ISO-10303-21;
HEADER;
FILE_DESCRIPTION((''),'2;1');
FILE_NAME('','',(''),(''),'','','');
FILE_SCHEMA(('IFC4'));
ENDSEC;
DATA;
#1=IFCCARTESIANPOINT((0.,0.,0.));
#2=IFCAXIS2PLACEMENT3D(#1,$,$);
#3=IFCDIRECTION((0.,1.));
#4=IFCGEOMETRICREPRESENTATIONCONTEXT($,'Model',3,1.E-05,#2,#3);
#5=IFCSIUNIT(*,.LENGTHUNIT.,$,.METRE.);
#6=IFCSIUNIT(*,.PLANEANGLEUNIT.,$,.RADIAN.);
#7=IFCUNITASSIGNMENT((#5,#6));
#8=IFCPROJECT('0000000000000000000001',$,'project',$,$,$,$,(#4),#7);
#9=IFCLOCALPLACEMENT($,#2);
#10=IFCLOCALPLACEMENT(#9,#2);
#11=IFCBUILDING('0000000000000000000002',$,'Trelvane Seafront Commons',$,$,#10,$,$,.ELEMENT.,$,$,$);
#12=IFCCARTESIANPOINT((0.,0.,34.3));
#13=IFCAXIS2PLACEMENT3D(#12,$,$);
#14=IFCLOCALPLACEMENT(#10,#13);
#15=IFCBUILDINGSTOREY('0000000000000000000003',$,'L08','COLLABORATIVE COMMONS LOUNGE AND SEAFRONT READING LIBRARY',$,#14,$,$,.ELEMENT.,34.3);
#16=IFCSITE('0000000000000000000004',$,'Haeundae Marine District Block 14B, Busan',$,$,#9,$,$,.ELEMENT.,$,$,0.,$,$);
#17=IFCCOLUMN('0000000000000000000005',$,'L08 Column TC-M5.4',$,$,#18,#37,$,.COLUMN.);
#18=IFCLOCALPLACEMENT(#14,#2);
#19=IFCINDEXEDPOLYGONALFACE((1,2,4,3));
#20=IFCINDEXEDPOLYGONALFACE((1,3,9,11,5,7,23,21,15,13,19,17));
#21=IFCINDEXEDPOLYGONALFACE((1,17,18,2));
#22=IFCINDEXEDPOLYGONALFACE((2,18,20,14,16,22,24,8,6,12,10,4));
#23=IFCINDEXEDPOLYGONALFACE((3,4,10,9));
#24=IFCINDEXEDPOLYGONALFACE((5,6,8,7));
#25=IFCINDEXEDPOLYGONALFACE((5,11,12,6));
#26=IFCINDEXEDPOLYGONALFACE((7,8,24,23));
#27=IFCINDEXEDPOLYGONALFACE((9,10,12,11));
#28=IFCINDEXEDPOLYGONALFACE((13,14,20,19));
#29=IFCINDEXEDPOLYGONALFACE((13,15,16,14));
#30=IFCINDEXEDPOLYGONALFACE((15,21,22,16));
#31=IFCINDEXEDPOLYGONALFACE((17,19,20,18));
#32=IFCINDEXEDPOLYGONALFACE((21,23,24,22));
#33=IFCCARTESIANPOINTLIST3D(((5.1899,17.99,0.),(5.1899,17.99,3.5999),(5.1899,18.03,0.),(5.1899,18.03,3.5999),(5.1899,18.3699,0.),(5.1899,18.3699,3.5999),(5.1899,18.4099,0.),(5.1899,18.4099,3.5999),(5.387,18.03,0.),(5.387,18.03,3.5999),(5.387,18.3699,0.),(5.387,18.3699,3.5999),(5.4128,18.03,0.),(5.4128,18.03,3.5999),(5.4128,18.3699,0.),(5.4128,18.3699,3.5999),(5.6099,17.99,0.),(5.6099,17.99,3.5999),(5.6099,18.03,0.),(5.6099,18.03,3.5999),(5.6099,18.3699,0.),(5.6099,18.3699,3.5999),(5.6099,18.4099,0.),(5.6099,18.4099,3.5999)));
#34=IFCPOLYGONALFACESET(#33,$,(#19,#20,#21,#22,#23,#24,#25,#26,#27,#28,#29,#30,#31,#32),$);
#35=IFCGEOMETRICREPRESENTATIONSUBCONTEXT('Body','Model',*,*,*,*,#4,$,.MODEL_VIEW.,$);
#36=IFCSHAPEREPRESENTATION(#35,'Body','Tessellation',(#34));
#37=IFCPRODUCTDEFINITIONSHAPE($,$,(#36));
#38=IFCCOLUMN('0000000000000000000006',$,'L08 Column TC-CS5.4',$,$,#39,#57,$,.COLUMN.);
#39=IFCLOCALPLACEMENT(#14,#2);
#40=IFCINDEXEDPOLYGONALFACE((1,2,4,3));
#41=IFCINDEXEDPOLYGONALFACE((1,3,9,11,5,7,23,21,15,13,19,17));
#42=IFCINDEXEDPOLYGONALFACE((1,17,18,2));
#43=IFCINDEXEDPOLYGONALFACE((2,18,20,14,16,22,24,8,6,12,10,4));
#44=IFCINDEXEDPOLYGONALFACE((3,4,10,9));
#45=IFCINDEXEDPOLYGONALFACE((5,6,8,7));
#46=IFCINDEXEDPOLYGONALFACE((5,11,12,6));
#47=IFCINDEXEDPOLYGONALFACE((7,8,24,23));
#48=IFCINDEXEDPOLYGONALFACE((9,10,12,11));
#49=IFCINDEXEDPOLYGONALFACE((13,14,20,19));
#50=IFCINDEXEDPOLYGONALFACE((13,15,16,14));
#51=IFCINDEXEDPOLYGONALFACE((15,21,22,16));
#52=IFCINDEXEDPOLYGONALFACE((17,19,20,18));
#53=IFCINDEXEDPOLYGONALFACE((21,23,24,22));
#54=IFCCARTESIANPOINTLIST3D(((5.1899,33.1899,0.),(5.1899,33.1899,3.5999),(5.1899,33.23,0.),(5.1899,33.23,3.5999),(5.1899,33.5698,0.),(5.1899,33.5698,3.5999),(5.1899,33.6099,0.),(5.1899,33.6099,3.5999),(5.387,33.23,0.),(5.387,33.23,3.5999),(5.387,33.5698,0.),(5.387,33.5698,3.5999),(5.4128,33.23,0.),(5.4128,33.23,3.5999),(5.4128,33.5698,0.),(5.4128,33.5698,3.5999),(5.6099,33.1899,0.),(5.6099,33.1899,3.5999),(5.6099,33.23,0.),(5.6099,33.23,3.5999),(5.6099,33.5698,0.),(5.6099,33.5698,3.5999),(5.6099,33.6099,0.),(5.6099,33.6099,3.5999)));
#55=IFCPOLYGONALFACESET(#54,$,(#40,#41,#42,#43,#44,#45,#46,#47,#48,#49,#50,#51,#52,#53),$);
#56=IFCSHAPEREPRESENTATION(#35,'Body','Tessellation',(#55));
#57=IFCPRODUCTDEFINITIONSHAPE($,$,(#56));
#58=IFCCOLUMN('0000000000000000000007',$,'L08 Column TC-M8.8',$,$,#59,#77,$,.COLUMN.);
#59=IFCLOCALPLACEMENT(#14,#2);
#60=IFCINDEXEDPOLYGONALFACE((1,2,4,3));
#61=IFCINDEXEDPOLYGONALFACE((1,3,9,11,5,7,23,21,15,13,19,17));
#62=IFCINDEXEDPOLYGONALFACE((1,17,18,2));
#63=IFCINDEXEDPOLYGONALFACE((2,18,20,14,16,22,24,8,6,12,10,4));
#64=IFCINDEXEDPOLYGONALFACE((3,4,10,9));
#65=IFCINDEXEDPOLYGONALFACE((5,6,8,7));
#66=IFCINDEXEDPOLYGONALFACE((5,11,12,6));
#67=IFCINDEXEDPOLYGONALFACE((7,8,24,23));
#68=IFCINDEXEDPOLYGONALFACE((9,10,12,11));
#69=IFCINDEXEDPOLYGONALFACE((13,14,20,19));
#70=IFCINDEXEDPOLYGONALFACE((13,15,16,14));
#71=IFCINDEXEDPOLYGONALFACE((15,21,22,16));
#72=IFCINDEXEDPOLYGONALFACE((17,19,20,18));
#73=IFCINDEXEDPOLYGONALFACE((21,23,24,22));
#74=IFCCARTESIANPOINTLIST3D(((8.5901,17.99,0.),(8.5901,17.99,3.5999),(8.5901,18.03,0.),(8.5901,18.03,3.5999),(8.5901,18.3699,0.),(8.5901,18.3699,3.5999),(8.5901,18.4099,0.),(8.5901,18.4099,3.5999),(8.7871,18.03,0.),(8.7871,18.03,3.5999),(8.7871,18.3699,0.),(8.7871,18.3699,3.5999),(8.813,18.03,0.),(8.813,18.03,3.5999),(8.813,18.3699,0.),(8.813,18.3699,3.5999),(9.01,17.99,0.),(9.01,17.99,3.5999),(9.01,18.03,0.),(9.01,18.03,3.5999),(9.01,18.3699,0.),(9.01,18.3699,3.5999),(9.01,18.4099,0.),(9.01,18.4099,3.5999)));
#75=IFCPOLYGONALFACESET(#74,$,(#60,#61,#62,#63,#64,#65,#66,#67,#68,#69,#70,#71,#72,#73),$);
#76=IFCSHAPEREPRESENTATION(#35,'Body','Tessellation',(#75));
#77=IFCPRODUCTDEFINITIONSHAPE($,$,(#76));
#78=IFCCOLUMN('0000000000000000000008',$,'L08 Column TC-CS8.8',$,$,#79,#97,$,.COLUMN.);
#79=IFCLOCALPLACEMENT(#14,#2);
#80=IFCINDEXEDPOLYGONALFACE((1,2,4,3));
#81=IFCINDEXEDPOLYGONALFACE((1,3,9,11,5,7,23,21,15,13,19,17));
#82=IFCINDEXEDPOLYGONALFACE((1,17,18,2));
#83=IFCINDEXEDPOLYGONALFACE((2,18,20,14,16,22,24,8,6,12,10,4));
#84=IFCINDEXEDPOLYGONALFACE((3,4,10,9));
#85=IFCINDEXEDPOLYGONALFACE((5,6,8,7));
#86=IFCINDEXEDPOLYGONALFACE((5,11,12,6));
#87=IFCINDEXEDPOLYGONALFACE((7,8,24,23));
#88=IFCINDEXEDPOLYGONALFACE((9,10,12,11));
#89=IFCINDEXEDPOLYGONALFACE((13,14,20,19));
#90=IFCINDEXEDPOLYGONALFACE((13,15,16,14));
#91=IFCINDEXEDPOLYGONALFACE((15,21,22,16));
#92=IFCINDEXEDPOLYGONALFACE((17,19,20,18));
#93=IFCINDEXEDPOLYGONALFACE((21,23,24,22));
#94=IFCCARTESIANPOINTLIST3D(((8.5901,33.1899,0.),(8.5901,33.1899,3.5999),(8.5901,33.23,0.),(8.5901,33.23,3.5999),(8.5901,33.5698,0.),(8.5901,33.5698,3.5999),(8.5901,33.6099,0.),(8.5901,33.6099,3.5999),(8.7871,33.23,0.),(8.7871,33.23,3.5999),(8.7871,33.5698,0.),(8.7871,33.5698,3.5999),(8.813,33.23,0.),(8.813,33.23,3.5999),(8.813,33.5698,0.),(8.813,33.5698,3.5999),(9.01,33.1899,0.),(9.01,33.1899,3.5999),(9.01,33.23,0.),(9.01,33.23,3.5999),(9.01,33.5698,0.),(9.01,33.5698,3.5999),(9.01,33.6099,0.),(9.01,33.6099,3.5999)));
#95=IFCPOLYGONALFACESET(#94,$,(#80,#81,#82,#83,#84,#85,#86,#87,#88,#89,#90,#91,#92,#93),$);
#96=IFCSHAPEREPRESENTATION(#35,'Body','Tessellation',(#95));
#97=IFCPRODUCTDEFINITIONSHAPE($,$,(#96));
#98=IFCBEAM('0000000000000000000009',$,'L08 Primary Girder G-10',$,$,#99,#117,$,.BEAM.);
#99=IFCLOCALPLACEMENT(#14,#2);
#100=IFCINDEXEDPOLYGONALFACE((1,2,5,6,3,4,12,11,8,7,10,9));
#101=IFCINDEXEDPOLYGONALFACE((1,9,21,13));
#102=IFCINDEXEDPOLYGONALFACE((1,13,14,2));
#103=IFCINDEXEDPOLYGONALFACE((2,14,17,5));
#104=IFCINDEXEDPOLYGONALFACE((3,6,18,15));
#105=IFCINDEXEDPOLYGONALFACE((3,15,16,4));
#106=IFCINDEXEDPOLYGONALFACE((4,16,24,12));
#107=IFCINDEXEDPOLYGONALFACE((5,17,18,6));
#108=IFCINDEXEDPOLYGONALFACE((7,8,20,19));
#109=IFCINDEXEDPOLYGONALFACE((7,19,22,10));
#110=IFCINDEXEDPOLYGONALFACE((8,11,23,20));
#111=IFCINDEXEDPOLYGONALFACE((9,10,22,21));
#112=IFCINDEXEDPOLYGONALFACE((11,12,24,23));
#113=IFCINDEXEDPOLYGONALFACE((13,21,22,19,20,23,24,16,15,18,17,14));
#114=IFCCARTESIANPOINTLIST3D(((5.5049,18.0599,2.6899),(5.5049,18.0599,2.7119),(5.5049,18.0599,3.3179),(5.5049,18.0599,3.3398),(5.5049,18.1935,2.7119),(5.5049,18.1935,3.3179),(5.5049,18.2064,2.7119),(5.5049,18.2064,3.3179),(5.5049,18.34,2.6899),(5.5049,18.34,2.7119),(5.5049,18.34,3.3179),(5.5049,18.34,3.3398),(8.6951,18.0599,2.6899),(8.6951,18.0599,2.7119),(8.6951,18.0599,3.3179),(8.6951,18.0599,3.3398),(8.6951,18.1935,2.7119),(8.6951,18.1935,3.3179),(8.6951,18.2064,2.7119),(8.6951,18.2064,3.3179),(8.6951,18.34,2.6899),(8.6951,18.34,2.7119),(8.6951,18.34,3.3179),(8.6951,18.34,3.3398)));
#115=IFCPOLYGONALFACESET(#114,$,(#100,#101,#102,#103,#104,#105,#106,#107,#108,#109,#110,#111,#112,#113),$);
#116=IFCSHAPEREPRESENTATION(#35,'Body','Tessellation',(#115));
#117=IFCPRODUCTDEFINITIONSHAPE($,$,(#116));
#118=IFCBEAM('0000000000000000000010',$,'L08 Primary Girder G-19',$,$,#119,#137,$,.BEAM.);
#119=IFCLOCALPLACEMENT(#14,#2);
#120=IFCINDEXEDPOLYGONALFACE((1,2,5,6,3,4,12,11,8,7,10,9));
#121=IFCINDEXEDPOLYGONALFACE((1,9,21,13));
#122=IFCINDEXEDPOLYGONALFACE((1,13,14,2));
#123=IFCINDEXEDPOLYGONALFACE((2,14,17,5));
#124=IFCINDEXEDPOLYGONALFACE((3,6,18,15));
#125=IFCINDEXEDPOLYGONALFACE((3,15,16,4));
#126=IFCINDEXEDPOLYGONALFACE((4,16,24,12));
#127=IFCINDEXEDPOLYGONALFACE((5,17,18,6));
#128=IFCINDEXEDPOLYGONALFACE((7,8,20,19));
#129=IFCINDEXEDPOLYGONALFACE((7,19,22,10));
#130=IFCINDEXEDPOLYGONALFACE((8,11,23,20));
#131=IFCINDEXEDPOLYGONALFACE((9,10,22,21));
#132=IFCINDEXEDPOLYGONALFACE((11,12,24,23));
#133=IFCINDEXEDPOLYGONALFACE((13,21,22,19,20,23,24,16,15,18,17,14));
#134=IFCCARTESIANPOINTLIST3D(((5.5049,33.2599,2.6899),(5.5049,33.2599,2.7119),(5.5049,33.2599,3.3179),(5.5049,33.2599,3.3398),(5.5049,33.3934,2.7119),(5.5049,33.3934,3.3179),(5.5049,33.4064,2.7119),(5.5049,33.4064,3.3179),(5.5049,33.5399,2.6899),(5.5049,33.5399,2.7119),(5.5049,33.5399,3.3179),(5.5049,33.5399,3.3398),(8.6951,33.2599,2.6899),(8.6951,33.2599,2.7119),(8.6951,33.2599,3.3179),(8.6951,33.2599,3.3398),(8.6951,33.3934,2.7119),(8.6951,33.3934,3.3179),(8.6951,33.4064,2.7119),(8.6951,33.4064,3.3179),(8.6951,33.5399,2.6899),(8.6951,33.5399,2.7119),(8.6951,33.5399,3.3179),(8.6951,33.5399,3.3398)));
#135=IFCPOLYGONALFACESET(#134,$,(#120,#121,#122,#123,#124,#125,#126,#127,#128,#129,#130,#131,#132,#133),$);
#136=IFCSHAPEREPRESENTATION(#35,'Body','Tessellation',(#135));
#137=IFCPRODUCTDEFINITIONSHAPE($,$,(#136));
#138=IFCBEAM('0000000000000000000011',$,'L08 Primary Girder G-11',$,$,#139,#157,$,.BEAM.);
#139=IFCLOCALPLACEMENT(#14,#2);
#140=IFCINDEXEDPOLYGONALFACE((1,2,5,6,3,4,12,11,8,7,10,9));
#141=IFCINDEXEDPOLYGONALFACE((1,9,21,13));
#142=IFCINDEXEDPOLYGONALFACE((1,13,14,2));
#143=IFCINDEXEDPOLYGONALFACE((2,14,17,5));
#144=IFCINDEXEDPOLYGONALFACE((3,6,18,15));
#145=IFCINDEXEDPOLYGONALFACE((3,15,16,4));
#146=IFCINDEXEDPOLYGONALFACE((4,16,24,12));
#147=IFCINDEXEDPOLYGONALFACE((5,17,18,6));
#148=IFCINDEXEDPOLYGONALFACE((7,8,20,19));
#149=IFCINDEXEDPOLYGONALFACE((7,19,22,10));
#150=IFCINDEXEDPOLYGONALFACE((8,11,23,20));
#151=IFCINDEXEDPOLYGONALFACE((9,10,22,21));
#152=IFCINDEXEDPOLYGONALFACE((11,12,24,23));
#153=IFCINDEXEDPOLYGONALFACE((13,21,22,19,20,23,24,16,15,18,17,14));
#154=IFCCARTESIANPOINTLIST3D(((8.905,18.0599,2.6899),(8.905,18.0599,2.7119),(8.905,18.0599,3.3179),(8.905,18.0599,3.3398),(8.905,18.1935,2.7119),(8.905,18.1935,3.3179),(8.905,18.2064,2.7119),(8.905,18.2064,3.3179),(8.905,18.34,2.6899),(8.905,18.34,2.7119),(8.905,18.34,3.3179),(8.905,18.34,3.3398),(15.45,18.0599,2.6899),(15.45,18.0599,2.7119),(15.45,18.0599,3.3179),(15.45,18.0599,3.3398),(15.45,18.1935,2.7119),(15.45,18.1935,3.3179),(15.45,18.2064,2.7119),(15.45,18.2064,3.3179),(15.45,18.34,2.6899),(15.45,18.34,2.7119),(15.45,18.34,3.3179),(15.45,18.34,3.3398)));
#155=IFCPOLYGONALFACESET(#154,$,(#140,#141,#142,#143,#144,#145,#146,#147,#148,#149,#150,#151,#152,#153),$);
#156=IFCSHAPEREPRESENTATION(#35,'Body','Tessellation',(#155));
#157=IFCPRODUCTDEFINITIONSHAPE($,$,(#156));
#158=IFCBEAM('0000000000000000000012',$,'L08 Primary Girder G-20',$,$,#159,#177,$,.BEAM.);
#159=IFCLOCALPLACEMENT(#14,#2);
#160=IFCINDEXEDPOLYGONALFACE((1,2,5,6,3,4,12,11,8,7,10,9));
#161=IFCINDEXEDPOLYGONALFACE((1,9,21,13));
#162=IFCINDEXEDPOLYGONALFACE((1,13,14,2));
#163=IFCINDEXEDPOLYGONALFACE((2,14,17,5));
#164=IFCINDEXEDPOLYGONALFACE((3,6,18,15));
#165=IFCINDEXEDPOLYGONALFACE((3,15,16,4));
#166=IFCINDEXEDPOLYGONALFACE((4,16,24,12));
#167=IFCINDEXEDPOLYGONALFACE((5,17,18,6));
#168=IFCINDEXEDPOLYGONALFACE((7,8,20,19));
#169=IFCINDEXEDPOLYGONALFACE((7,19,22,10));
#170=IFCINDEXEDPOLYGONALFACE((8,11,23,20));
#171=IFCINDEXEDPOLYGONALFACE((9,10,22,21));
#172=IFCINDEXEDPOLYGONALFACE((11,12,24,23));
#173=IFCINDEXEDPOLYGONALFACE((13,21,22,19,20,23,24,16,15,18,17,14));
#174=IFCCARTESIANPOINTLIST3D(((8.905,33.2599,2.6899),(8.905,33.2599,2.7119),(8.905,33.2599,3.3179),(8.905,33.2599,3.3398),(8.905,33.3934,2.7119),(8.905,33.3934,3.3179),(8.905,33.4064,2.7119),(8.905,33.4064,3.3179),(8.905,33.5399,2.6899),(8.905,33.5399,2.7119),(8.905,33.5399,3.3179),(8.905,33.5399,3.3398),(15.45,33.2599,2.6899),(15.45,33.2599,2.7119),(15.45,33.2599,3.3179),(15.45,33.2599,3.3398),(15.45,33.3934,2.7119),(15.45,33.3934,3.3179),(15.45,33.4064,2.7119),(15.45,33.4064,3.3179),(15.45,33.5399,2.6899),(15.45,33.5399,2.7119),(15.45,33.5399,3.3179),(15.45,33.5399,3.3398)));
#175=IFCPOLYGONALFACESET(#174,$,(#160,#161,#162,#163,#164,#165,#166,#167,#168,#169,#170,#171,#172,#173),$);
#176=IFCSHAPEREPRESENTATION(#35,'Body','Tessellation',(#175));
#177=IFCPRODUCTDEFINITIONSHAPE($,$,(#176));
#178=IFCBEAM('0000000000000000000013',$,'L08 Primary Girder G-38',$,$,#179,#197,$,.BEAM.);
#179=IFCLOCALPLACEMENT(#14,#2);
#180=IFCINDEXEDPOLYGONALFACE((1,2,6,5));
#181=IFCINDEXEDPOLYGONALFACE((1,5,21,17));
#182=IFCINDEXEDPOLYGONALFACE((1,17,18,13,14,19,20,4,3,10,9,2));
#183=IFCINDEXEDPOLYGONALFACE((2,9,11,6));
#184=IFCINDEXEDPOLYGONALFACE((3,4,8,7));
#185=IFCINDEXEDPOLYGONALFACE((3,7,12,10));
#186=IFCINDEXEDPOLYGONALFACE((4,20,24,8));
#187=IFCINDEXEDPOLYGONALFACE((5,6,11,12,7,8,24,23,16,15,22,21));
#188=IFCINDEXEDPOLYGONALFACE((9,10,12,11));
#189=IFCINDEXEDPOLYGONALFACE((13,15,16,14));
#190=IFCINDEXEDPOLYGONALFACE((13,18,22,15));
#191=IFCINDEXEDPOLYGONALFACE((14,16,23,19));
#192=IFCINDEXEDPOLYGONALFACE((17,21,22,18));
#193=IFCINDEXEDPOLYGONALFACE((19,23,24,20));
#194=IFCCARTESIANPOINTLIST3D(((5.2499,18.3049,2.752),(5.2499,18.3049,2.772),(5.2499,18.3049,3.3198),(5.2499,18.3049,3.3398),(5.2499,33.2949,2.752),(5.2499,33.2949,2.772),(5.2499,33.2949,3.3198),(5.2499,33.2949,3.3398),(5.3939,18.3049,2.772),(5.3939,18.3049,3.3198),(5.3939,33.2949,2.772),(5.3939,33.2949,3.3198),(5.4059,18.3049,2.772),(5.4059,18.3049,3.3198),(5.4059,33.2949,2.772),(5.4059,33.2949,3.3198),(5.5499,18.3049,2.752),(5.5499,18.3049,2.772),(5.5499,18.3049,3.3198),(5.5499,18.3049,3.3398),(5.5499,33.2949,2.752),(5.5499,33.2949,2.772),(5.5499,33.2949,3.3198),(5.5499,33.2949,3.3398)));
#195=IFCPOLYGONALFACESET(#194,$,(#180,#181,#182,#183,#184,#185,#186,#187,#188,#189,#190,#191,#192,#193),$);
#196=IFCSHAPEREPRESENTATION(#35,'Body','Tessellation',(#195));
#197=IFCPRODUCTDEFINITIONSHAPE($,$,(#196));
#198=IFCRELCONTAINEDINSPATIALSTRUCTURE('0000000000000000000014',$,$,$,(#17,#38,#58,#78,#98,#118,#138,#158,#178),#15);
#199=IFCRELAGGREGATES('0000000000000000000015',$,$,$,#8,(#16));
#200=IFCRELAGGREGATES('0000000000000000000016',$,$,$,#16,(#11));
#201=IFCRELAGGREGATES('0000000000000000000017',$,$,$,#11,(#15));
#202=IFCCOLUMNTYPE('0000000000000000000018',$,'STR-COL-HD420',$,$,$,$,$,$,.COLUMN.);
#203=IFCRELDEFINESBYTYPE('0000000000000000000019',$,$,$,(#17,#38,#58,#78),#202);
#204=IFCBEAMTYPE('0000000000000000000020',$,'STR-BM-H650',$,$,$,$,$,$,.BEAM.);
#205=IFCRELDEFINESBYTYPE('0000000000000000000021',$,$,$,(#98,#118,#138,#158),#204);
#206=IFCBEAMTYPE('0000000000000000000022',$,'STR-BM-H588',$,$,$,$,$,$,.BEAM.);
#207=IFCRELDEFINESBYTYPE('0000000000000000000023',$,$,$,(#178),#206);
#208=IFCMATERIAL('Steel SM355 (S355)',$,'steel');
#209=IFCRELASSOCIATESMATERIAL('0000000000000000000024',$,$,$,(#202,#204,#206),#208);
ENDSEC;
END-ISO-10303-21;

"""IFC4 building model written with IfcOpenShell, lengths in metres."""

from ifc_helpers import new_model, si_unit, direction, frame, origin, origin_2d, place, context, subcontext, project, spatial, i_section, extrude, source, transform, mapped, material, material_profile, profile_set, type_object, element, save


model = new_model("IFC4")

# Units and contexts
model_context = context("Model", 3, precision=1e-05, world=origin(), true_north=direction((0.0, 1.0)))
body_context = subcontext(model_context, "Body", "Model", "MODEL_VIEW")
ifc_project = project(units=[si_unit("LENGTHUNIT", "METRE"), si_unit("PLANEANGLEUNIT", "RADIAN")], contexts=[model_context])

# Site, building, storey
site_placement = place(None, origin())
site = spatial("IfcSite", under=ifc_project, at=site_placement, Name="Haeundae Marine District Block 14B, Busan", CompositionType="ELEMENT", RefElevation=0.0)
building_placement = place(site_placement, origin())
building = spatial("IfcBuilding", under=site, at=building_placement, Name="Trelvane Seafront Commons", CompositionType="ELEMENT")
storey_placement = place(building_placement, frame((0.0, 0.0, 34.3)))
storey = spatial("IfcBuildingStorey", under=building, at=storey_placement, Name="L08", Description="COLLABORATIVE COMMONS LOUNGE AND SEAFRONT READING LIBRARY", CompositionType="ELEMENT", Elevation=34.3)

# Columns
ifc_material_1 = material(Name="Steel SM355 (S355)", Category="steel")
ifc_material_profile_1 = material_profile(ifc_material_1, i_section(OverallWidth=0.4199, OverallDepth=0.4199, WebThickness=0.0259, FlangeThickness=0.04, at=origin_2d()), Name="HD-420x420x26x40")
ifc_profile_set_1 = profile_set([ifc_material_profile_1], Name="Steel SM355 (S355)")
column_type = type_object("IfcColumnType", Name="STR-COL-HD420", PredefinedType="COLUMN", material=ifc_profile_set_1)
shared_shape_1 = source(origin(), body_context, "Body", "SweptSolid", [
    extrude(i_section(OverallWidth=0.4199, OverallDepth=0.4199, WebThickness=0.0259, FlangeThickness=0.04, at=origin_2d()), origin(), (0.0, 0.0, 1.0), 3.5999),
])
for number, where, z_axis, x_axis, name in (
    (1, (5.3999, 18.2, 0.0), (0.0, 0.0, 1.0), (1.0, 0.0, 0.0), "L08 Column TC-M5.4"),
    (2, (5.3999, 33.3999, 0.0), (0.0, 0.0, 1.0), (1.0, 0.0, 0.0), "L08 Column TC-CS5.4"),
    (3, (8.8, 18.2, 0.0), (0.0, 0.0, 1.0), (1.0, 0.0, 0.0), "L08 Column TC-M8.8"),
    (4, (8.8, 33.3999, 0.0), (0.0, 0.0, 1.0), (1.0, 0.0, 0.0), "L08 Column TC-CS8.8"),
):
    element("IfcColumn", number, at=place(storey_placement, frame(where, z_axis=z_axis, x_axis=x_axis)), inside=storey, type_object=column_type, Name=name, PredefinedType="COLUMN", context=body_context, shape_type="MappedRepresentation", body=[
        mapped(shared_shape_1, transform((0.0, 0.0, 0.0), x_axis=(1.0, 0.0, 0.0), y_axis=(0.0, 1.0, 0.0), z_axis=(0.0, 0.0, 1.0), scale=1.0)),
    ])

# Beams
ifc_material_profile_2 = material_profile(ifc_material_1, i_section(OverallWidth=0.28, OverallDepth=0.6499, WebThickness=0.0129, FlangeThickness=0.022, at=origin_2d()), Name="H-650x280x13x22")
ifc_profile_set_2 = profile_set([ifc_material_profile_2], Name="Steel SM355 (S355)")
beam_type_1 = type_object("IfcBeamType", Name="STR-BM-H650", PredefinedType="BEAM", material=ifc_profile_set_2)
shared_shape_2 = source(origin(), body_context, "Body", "SweptSolid", [
    extrude(i_section(OverallWidth=0.28, OverallDepth=0.6499, WebThickness=0.0129, FlangeThickness=0.022, at=origin_2d()), origin(), (0.0, 0.0, 1.0), 3.1902),
])
for number, where, z_axis, x_axis, name in (
    (5, (5.5049, 18.2, 3.0149), (1.0, 0.0, 0.0), (0.0, 1.0, 0.0), "L08 Primary Girder G-10"),
    (6, (5.5049, 33.3999, 3.0149), (1.0, 0.0, 0.0), (0.0, 1.0, 0.0), "L08 Primary Girder G-19"),
):
    element("IfcBeam", number, at=place(storey_placement, frame(where, z_axis=z_axis, x_axis=x_axis)), inside=storey, type_object=beam_type_1, Name=name, PredefinedType="BEAM", context=body_context, shape_type="MappedRepresentation", body=[
        mapped(shared_shape_2, transform((0.0, 0.0, 0.0), x_axis=(1.0, 0.0, 0.0), y_axis=(0.0, 1.0, 0.0), z_axis=(0.0, 0.0, 1.0), scale=1.0)),
    ])
shared_shape_3 = source(origin(), body_context, "Body", "SweptSolid", [
    extrude(i_section(OverallWidth=0.28, OverallDepth=0.6499, WebThickness=0.0129, FlangeThickness=0.022, at=origin_2d()), origin(), (0.0, 0.0, 1.0), 6.5449),
])
for number, where, z_axis, x_axis, name in (
    (7, (8.905, 18.2, 3.0149), (1.0, 0.0, 0.0), (0.0, 1.0, 0.0), "L08 Primary Girder G-11"),
    (8, (8.905, 33.3999, 3.0149), (1.0, 0.0, 0.0), (0.0, 1.0, 0.0), "L08 Primary Girder G-20"),
):
    element("IfcBeam", number, at=place(storey_placement, frame(where, z_axis=z_axis, x_axis=x_axis)), inside=storey, type_object=beam_type_1, Name=name, PredefinedType="BEAM", context=body_context, shape_type="MappedRepresentation", body=[
        mapped(shared_shape_3, transform((0.0, 0.0, 0.0), x_axis=(1.0, 0.0, 0.0), y_axis=(0.0, 1.0, 0.0), z_axis=(0.0, 0.0, 1.0), scale=1.0)),
    ])
ifc_material_profile_3 = material_profile(ifc_material_1, i_section(OverallWidth=0.3, OverallDepth=0.5879, WebThickness=0.012, FlangeThickness=0.02, at=origin_2d()), Name="H-588x300x12x20")
ifc_profile_set_3 = profile_set([ifc_material_profile_3], Name="Steel SM355 (S355)")
beam_type_2 = type_object("IfcBeamType", Name="STR-BM-H588", PredefinedType="BEAM", material=ifc_profile_set_3)
shared_shape_4 = source(origin(), body_context, "Body", "SweptSolid", [
    extrude(i_section(OverallWidth=0.3, OverallDepth=0.5879, WebThickness=0.012, FlangeThickness=0.02, at=origin_2d()), origin(), (0.0, 0.0, 1.0), 14.99),
])
for number, where, z_axis, x_axis, name in (
    (9, (5.3999, 18.3049, 3.0459), (0.0, 1.0, 0.0), (-1.0, 0.0, 0.0), "L08 Primary Girder G-38"),
):
    element("IfcBeam", number, at=place(storey_placement, frame(where, z_axis=z_axis, x_axis=x_axis)), inside=storey, type_object=beam_type_2, Name=name, PredefinedType="BEAM", context=body_context, shape_type="MappedRepresentation", body=[
        mapped(shared_shape_4, transform((0.0, 0.0, 0.0), x_axis=(1.0, 0.0, 0.0), y_axis=(0.0, 1.0, 0.0), z_axis=(0.0, 0.0, 1.0), scale=1.0)),
    ])

save(model, "model.ifc")
